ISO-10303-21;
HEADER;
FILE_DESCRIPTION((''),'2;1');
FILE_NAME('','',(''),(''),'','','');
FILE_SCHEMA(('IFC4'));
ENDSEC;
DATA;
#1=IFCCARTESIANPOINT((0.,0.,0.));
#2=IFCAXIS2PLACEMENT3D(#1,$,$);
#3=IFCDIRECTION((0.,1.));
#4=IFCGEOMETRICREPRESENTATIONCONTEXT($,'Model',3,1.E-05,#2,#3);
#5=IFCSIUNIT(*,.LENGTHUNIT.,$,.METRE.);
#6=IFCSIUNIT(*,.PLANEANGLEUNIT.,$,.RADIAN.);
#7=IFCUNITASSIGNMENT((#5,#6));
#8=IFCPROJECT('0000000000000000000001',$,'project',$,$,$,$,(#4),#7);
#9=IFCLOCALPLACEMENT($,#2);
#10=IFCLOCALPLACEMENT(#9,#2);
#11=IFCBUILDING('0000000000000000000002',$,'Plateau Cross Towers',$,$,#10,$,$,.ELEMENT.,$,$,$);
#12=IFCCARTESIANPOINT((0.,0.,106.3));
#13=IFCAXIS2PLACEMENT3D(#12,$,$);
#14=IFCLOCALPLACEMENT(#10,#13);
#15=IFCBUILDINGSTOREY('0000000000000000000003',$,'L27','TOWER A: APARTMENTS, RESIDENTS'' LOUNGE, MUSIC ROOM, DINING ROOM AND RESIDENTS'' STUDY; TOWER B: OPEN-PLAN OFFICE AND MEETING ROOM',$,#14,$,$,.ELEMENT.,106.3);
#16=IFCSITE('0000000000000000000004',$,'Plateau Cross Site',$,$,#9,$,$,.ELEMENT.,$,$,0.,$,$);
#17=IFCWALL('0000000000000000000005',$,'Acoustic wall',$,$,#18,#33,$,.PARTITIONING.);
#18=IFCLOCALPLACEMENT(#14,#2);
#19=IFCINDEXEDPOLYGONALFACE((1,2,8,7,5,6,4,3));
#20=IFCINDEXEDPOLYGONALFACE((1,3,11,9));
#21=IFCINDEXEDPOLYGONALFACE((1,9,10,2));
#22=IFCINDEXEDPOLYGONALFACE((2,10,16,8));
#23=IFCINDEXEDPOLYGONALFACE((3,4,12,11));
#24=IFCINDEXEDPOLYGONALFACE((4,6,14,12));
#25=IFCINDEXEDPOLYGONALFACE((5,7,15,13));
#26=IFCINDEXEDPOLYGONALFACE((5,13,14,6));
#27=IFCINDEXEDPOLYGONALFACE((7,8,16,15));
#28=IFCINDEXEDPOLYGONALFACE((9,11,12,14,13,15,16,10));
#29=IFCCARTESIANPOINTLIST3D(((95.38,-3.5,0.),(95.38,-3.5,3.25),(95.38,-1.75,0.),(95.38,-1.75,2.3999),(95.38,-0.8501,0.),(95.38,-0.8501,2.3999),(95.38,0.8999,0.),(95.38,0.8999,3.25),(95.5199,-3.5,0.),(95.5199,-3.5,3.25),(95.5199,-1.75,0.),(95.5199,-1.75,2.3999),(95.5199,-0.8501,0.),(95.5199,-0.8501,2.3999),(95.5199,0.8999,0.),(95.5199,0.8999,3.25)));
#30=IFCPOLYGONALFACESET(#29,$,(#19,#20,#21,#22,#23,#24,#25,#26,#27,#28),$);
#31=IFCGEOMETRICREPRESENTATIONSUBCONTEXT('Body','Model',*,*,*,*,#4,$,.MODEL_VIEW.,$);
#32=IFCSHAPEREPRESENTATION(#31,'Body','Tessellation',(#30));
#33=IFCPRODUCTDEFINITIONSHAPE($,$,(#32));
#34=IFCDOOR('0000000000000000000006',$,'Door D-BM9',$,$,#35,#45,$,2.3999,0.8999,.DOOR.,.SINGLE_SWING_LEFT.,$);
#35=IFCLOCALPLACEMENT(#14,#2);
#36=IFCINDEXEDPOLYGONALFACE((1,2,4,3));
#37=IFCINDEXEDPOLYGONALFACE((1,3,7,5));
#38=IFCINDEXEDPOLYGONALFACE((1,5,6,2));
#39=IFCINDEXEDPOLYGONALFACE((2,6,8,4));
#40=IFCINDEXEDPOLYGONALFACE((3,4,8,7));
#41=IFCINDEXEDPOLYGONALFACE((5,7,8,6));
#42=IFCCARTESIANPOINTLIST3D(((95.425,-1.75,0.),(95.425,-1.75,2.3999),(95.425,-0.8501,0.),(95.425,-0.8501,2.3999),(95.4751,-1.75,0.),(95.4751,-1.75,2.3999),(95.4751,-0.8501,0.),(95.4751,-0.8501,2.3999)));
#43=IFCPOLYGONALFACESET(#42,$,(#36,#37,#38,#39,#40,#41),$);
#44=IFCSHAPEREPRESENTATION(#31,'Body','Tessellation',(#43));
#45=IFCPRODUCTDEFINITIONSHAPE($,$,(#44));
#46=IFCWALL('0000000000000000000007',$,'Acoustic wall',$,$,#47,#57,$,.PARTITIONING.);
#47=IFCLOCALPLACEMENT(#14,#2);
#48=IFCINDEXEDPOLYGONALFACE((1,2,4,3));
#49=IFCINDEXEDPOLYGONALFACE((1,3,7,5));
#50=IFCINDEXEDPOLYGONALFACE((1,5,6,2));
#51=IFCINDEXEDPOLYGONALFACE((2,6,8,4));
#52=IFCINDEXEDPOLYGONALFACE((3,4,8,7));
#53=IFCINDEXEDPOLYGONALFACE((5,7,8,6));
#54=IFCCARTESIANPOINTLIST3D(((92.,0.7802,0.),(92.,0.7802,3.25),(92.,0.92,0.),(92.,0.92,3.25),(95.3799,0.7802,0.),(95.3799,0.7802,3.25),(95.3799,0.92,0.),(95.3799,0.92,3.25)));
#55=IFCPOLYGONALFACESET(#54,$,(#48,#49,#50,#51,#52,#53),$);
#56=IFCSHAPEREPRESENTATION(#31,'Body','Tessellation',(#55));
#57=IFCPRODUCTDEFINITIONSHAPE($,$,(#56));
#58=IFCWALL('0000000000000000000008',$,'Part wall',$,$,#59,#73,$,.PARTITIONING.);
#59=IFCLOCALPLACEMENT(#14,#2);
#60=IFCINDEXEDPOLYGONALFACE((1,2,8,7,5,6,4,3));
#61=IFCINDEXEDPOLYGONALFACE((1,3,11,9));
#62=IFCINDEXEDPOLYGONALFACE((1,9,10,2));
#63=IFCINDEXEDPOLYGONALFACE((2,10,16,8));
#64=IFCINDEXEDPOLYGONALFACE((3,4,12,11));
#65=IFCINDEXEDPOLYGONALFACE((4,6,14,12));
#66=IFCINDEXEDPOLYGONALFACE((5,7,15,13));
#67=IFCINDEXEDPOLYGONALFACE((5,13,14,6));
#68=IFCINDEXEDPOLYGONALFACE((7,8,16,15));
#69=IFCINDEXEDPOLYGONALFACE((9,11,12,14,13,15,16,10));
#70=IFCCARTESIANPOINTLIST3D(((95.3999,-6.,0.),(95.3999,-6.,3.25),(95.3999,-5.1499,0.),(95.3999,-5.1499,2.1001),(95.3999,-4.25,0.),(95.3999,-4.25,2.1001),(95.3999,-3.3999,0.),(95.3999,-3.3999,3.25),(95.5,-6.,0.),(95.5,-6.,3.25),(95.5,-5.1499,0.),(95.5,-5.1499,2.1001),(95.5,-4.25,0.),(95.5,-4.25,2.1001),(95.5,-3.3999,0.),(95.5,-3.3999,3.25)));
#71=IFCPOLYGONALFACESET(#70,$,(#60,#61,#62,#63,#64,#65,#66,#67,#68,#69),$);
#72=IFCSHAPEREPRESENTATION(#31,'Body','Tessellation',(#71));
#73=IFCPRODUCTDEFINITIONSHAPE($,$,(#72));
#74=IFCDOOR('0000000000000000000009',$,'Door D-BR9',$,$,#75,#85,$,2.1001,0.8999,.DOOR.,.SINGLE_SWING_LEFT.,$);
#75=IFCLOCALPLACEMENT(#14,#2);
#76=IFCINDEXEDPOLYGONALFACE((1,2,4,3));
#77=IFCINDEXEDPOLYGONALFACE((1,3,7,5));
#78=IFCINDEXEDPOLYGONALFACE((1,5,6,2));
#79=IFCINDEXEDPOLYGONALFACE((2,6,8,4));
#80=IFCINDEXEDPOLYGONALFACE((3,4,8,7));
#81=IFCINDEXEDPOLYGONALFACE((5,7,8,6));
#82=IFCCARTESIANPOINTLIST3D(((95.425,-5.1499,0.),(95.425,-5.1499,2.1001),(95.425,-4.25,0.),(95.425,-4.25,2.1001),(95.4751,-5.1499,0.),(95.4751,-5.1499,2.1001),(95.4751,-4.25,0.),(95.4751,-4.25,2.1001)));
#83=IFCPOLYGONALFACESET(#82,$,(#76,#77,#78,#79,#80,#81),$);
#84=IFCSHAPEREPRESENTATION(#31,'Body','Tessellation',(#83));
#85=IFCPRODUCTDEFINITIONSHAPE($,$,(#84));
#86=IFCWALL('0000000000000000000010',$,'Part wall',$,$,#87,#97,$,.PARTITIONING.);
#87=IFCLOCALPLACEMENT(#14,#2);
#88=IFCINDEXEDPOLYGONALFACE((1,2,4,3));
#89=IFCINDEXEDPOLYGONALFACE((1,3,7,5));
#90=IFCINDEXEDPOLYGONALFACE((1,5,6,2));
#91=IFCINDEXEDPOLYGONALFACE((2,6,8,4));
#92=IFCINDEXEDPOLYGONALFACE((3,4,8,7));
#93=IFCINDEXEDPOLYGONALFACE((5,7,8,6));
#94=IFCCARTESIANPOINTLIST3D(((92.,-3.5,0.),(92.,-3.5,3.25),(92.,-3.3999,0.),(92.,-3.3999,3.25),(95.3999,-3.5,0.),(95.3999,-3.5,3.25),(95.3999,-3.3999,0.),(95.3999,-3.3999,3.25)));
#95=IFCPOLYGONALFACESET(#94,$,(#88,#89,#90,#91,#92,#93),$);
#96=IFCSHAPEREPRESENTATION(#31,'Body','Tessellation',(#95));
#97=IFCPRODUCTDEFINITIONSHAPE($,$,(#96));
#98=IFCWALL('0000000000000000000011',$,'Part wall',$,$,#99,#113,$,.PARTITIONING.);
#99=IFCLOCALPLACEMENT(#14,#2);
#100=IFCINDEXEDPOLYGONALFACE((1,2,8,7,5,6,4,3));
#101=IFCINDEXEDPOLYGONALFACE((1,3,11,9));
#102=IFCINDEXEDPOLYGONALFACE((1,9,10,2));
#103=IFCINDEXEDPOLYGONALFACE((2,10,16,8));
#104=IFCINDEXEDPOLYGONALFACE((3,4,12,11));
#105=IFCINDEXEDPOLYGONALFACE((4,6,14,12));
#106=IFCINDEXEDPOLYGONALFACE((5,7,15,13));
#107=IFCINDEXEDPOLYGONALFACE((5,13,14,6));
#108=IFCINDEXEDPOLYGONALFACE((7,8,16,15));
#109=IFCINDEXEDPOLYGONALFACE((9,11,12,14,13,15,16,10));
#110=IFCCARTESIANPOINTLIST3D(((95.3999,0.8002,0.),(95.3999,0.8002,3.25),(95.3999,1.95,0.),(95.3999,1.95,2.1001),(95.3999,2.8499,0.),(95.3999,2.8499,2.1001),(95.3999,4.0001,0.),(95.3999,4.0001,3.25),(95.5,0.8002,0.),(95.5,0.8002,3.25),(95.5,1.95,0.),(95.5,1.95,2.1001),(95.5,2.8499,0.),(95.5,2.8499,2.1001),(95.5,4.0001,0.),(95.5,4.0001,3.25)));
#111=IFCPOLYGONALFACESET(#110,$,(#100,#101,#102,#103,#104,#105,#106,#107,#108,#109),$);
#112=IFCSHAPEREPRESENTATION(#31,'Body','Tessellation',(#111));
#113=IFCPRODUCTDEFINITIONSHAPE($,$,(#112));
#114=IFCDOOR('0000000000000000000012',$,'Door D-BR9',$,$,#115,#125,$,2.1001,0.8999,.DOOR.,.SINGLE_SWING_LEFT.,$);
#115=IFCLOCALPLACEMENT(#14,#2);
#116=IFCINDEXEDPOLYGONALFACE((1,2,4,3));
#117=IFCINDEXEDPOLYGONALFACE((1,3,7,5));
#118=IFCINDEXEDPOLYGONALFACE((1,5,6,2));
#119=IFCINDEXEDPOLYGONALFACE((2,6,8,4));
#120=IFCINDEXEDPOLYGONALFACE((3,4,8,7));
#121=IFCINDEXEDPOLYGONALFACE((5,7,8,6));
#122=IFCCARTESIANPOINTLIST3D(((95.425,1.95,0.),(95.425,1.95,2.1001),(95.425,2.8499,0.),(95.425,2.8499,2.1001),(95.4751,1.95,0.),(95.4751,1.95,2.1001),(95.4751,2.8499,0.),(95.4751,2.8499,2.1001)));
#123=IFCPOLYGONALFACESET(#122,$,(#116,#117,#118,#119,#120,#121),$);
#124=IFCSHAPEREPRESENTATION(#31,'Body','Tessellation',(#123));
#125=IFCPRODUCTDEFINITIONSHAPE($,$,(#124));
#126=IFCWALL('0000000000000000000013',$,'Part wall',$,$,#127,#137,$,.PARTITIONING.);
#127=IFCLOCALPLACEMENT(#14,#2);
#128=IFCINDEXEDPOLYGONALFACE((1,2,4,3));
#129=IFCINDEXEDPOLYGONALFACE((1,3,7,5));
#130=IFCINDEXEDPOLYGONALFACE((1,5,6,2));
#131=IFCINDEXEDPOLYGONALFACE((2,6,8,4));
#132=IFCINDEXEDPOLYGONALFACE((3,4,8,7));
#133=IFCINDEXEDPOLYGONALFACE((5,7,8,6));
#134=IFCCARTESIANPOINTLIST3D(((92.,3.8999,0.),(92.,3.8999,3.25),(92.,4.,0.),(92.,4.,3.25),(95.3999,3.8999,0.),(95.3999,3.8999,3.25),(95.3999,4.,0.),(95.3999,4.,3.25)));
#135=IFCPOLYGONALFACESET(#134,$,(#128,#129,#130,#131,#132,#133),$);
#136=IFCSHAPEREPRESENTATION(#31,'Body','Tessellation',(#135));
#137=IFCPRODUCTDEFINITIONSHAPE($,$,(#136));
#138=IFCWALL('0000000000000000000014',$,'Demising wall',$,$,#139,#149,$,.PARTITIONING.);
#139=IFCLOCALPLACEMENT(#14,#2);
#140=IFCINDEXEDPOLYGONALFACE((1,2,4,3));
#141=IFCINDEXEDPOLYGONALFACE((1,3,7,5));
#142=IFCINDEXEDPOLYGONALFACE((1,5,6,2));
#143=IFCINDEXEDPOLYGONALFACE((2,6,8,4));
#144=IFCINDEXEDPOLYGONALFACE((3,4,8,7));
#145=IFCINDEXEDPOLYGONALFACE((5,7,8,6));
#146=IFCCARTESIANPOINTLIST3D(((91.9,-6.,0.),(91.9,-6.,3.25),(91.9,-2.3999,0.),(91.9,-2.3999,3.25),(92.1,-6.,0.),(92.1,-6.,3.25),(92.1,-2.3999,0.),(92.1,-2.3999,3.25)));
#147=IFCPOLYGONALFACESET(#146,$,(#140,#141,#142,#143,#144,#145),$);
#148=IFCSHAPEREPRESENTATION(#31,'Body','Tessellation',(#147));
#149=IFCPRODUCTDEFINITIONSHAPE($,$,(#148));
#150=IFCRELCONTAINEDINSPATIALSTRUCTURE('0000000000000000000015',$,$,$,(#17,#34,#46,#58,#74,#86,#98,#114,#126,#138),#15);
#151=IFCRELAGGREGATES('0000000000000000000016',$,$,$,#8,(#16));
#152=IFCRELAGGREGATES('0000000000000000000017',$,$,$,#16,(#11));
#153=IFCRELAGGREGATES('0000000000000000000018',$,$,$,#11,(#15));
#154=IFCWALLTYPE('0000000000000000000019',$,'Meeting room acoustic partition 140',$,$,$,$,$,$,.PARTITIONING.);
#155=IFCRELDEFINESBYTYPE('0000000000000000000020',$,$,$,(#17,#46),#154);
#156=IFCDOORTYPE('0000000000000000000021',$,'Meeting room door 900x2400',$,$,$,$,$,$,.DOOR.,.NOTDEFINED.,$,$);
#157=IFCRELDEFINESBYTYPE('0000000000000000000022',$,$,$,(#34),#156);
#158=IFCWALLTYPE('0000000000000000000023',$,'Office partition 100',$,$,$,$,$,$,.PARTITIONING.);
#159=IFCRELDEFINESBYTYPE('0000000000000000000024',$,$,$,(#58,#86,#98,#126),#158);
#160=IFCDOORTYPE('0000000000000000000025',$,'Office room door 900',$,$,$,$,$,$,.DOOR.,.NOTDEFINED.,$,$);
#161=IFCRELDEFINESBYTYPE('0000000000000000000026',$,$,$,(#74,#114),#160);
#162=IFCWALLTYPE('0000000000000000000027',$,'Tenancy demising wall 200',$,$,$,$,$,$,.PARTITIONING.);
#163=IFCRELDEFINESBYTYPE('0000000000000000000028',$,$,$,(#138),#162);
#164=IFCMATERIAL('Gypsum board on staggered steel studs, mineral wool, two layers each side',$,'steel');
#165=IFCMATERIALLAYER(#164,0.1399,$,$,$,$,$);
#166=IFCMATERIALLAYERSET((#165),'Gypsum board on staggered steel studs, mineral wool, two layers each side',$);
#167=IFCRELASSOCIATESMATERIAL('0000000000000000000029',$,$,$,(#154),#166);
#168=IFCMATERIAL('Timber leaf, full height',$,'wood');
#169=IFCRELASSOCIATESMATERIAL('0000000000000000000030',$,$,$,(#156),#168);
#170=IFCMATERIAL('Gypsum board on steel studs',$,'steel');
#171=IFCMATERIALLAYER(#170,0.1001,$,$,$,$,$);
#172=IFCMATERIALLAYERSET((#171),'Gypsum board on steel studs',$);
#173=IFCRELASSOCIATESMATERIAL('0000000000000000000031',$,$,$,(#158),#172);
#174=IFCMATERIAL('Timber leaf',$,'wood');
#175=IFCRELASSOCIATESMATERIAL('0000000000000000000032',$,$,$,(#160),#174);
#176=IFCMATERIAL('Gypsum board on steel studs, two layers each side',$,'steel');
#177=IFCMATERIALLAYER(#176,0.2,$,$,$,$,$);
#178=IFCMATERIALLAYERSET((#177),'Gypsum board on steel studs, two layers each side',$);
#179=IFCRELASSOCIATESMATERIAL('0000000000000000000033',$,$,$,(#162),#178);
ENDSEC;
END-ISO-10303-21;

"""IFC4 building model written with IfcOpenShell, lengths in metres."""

from ifc_helpers import new_model, si_unit, direction, frame, frame_2d, origin, place, context, subcontext, project, spatial, rectangle, extrude, material, layer, layer_set, type_object, element, fill, save


model = new_model("IFC4")

# Units and contexts
model_context = context("Model", 3, precision=1e-05, world=origin(), true_north=direction((0.0, 1.0)))
body_context = subcontext(model_context, "Body", "Model", "MODEL_VIEW")
ifc_project = project(units=[si_unit("LENGTHUNIT", "METRE"), si_unit("PLANEANGLEUNIT", "RADIAN")], contexts=[model_context])

# Site, building, storey
site_placement = place(None, origin())
site = spatial("IfcSite", under=ifc_project, at=site_placement, Name="Plateau Cross Site", CompositionType="ELEMENT", RefElevation=0.0)
building_placement = place(site_placement, origin())
building = spatial("IfcBuilding", under=site, at=building_placement, Name="Plateau Cross Towers", CompositionType="ELEMENT")
storey_placement = place(building_placement, frame((0.0, 0.0, 106.3)))
storey = spatial("IfcBuildingStorey", under=building, at=storey_placement, Name="L27", Description="TOWER A: APARTMENTS, RESIDENTS' LOUNGE, MUSIC ROOM, DINING ROOM AND RESIDENTS' STUDY; TOWER B: OPEN-PLAN OFFICE AND MEETING ROOM", CompositionType="ELEMENT", Elevation=106.3)

# Wall, opening, door
ifc_material_1 = material(Name="Gypsum board on steel studs, two layers each side", Category="steel")
ifc_material_2 = material(Name="Gypsum board on staggered steel studs, mineral wool, two layers each side", Category="steel")
ifc_layer_1 = layer(ifc_material_2, 0.1399)
ifc_layer_set_1 = layer_set([ifc_layer_1], Name="Gypsum board on staggered steel studs, mineral wool, two layers each side")
wall_type_1 = type_object("IfcWallType", Name="Meeting room acoustic partition 140", PredefinedType="PARTITIONING", material=ifc_layer_set_1)
wall_1_placement = place(storey_placement, frame((95.45, -3.5, 0.0), z_axis=(0.0, 0.0, 1.0), x_axis=(0.0, 1.0, 0.0)))
wall_1 = element("IfcWall", 1, at=wall_1_placement, inside=storey, type_object=wall_type_1, Name="Acoustic wall", PredefinedType="PARTITIONING", context=body_context, shape_type="SweptSolid", body=[
    extrude(rectangle(XDim=4.3999, YDim=0.1399, at=frame_2d((2.2, 0.0))), origin(), (0.0, 0.0, 1.0), 3.25),
])
opening_1_placement = place(wall_1_placement, frame((1.75, 0.0, 0.0)))
opening_1 = element("IfcOpeningElement", 2, at=opening_1_placement, cuts=wall_1, PredefinedType="OPENING", context=body_context, shape_type="SweptSolid", body=[
    extrude(rectangle(XDim=0.8999, YDim=2.3999, at=frame_2d((0.45, 1.2))), frame((0.0, 0.0798, 0.0), z_axis=(0.0, -1.0, 0.0), x_axis=(1.0, 0.0, 0.0)), (0.0, 0.0, 1.0), 0.1599),
])
ifc_material_3 = material(Name="Timber leaf, full height", Category="wood")
door_type_1 = type_object("IfcDoorType", Name="Meeting room door 900x2400", OperationType="NOTDEFINED", PredefinedType="DOOR", material=ifc_material_3)
door_1_placement = place(opening_1_placement, origin())
door_1 = element("IfcDoor", 3, at=door_1_placement, inside=storey, type_object=door_type_1, Name="Door D-BM9", OperationType="SINGLE_SWING_LEFT", OverallHeight=2.3999, OverallWidth=0.8999, PredefinedType="DOOR", context=body_context, shape_type="SweptSolid", body=[
    extrude(rectangle(XDim=0.8999, YDim=2.3999, at=frame_2d((0.45, 1.2))), frame((0.0, 0.0249, 0.0), z_axis=(0.0, -1.0, 0.0), x_axis=(1.0, 0.0, 0.0)), (0.0, 0.0, 1.0), 0.05),
])
fill(opening_1, door_1)

# Wall
wall_2_placement = place(storey_placement, frame((92.0, 0.8501, 0.0), z_axis=(0.0, 0.0, 1.0), x_axis=(1.0, 0.0, 0.0)))
element("IfcWall", 4, at=wall_2_placement, inside=storey, type_object=wall_type_1, Name="Acoustic wall", PredefinedType="PARTITIONING", context=body_context, shape_type="SweptSolid", body=[
    extrude(rectangle(XDim=3.3799, YDim=0.1399, at=frame_2d((1.6899, 0.0))), origin(), (0.0, 0.0, 1.0), 3.25),
])

# Wall, opening, door
ifc_material_4 = material(Name="Gypsum board on steel studs", Category="steel")
ifc_layer_2 = layer(ifc_material_4, 0.1001)
ifc_layer_set_2 = layer_set([ifc_layer_2], Name="Gypsum board on steel studs")
wall_type_2 = type_object("IfcWallType", Name="Office partition 100", PredefinedType="PARTITIONING", material=ifc_layer_set_2)
wall_3_placement = place(storey_placement, frame((95.45, -6.0, 0.0), z_axis=(0.0, 0.0, 1.0), x_axis=(0.0, 1.0, 0.0)))
wall_3 = element("IfcWall", 5, at=wall_3_placement, inside=storey, type_object=wall_type_2, Name="Part wall", PredefinedType="PARTITIONING", context=body_context, shape_type="SweptSolid", body=[
    extrude(rectangle(XDim=2.6001, YDim=0.1001, at=frame_2d((1.3, 0.0))), origin(), (0.0, 0.0, 1.0), 3.25),
])
opening_2_placement = place(wall_3_placement, frame((0.8501, 0.0, 0.0)))
opening_2 = element("IfcOpeningElement", 6, at=opening_2_placement, cuts=wall_3, PredefinedType="OPENING", context=body_context, shape_type="SweptSolid", body=[
    extrude(rectangle(XDim=0.8999, YDim=2.1001, at=frame_2d((0.45, 1.05))), frame((0.0, 0.0601, 0.0), z_axis=(0.0, -1.0, 0.0), x_axis=(1.0, 0.0, 0.0)), (0.0, 0.0, 1.0), 0.1201),
])
ifc_material_5 = material(Name="Timber leaf", Category="wood")
door_type_2 = type_object("IfcDoorType", Name="Office room door 900", OperationType="NOTDEFINED", PredefinedType="DOOR", material=ifc_material_5)
door_2_placement = place(opening_2_placement, origin())
door_2 = element("IfcDoor", 7, at=door_2_placement, inside=storey, type_object=door_type_2, Name="Door D-BR9", OperationType="SINGLE_SWING_LEFT", OverallHeight=2.1001, OverallWidth=0.8999, PredefinedType="DOOR", context=body_context, shape_type="SweptSolid", body=[
    extrude(rectangle(XDim=0.8999, YDim=2.1001, at=frame_2d((0.45, 1.05))), frame((0.0, 0.0249, 0.0), z_axis=(0.0, -1.0, 0.0), x_axis=(1.0, 0.0, 0.0)), (0.0, 0.0, 1.0), 0.05),
])
fill(opening_2, door_2)

# Wall
wall_4_placement = place(storey_placement, frame((92.0, -3.45, 0.0), z_axis=(0.0, 0.0, 1.0), x_axis=(1.0, 0.0, 0.0)))
element("IfcWall", 8, at=wall_4_placement, inside=storey, type_object=wall_type_2, Name="Part wall", PredefinedType="PARTITIONING", context=body_context, shape_type="SweptSolid", body=[
    extrude(rectangle(XDim=3.3999, YDim=0.1001, at=frame_2d((1.7, 0.0))), origin(), (0.0, 0.0, 1.0), 3.25),
])

# Wall, opening, door
wall_5_placement = place(storey_placement, frame((95.45, 0.8, 0.0), z_axis=(0.0, 0.0, 1.0), x_axis=(0.0, 1.0, 0.0)))
wall_5 = element("IfcWall", 9, at=wall_5_placement, inside=storey, type_object=wall_type_2, Name="Part wall", PredefinedType="PARTITIONING", context=body_context, shape_type="SweptSolid", body=[
    extrude(rectangle(XDim=3.2, YDim=0.1001, at=frame_2d((1.6001, 0.0))), origin(), (0.0, 0.0, 1.0), 3.25),
])
opening_3_placement = place(wall_5_placement, frame((1.1499, 0.0, 0.0)))
opening_3 = element("IfcOpeningElement", 10, at=opening_3_placement, cuts=wall_5, PredefinedType="OPENING", context=body_context, shape_type="SweptSolid", body=[
    extrude(rectangle(XDim=0.8999, YDim=2.1001, at=frame_2d((0.45, 1.05))), frame((0.0, 0.0601, 0.0), z_axis=(0.0, -1.0, 0.0), x_axis=(1.0, 0.0, 0.0)), (0.0, 0.0, 1.0), 0.1201),
])
door_3_placement = place(opening_3_placement, origin())
door_3 = element("IfcDoor", 11, at=door_3_placement, inside=storey, type_object=door_type_2, Name="Door D-BR9", OperationType="SINGLE_SWING_LEFT", OverallHeight=2.1001, OverallWidth=0.8999, PredefinedType="DOOR", context=body_context, shape_type="SweptSolid", body=[
    extrude(rectangle(XDim=0.8999, YDim=2.1001, at=frame_2d((0.45, 1.05))), frame((0.0, 0.0249, 0.0), z_axis=(0.0, -1.0, 0.0), x_axis=(1.0, 0.0, 0.0)), (0.0, 0.0, 1.0), 0.05),
])
fill(opening_3, door_3)

# Walls
wall_6_placement = place(storey_placement, frame((92.0, 3.95, 0.0), z_axis=(0.0, 0.0, 1.0), x_axis=(1.0, 0.0, 0.0)))
element("IfcWall", 12, at=wall_6_placement, inside=storey, type_object=wall_type_2, Name="Part wall", PredefinedType="PARTITIONING", context=body_context, shape_type="SweptSolid", body=[
    extrude(rectangle(XDim=3.3999, YDim=0.1001, at=frame_2d((1.7, 0.0))), origin(), (0.0, 0.0, 1.0), 3.25),
])
ifc_layer_3 = layer(ifc_material_1, 0.2)
ifc_layer_set_3 = layer_set([ifc_layer_3], Name="Gypsum board on steel studs, two layers each side")
wall_type_3 = type_object("IfcWallType", Name="Tenancy demising wall 200", PredefinedType="PARTITIONING", material=ifc_layer_set_3)
wall_7_placement = place(storey_placement, frame((92.0, -6.0, 0.0), z_axis=(0.0, 0.0, 1.0), x_axis=(0.0, 1.0, 0.0)))
element("IfcWall", 13, at=wall_7_placement, inside=storey, type_object=wall_type_3, Name="Demising wall", PredefinedType="PARTITIONING", context=body_context, shape_type="SweptSolid", body=[
    extrude(rectangle(XDim=3.6001, YDim=0.2, at=frame_2d((1.8, 0.0))), origin(), (0.0, 0.0, 1.0), 3.25),
])

save(model, "model.ifc")
